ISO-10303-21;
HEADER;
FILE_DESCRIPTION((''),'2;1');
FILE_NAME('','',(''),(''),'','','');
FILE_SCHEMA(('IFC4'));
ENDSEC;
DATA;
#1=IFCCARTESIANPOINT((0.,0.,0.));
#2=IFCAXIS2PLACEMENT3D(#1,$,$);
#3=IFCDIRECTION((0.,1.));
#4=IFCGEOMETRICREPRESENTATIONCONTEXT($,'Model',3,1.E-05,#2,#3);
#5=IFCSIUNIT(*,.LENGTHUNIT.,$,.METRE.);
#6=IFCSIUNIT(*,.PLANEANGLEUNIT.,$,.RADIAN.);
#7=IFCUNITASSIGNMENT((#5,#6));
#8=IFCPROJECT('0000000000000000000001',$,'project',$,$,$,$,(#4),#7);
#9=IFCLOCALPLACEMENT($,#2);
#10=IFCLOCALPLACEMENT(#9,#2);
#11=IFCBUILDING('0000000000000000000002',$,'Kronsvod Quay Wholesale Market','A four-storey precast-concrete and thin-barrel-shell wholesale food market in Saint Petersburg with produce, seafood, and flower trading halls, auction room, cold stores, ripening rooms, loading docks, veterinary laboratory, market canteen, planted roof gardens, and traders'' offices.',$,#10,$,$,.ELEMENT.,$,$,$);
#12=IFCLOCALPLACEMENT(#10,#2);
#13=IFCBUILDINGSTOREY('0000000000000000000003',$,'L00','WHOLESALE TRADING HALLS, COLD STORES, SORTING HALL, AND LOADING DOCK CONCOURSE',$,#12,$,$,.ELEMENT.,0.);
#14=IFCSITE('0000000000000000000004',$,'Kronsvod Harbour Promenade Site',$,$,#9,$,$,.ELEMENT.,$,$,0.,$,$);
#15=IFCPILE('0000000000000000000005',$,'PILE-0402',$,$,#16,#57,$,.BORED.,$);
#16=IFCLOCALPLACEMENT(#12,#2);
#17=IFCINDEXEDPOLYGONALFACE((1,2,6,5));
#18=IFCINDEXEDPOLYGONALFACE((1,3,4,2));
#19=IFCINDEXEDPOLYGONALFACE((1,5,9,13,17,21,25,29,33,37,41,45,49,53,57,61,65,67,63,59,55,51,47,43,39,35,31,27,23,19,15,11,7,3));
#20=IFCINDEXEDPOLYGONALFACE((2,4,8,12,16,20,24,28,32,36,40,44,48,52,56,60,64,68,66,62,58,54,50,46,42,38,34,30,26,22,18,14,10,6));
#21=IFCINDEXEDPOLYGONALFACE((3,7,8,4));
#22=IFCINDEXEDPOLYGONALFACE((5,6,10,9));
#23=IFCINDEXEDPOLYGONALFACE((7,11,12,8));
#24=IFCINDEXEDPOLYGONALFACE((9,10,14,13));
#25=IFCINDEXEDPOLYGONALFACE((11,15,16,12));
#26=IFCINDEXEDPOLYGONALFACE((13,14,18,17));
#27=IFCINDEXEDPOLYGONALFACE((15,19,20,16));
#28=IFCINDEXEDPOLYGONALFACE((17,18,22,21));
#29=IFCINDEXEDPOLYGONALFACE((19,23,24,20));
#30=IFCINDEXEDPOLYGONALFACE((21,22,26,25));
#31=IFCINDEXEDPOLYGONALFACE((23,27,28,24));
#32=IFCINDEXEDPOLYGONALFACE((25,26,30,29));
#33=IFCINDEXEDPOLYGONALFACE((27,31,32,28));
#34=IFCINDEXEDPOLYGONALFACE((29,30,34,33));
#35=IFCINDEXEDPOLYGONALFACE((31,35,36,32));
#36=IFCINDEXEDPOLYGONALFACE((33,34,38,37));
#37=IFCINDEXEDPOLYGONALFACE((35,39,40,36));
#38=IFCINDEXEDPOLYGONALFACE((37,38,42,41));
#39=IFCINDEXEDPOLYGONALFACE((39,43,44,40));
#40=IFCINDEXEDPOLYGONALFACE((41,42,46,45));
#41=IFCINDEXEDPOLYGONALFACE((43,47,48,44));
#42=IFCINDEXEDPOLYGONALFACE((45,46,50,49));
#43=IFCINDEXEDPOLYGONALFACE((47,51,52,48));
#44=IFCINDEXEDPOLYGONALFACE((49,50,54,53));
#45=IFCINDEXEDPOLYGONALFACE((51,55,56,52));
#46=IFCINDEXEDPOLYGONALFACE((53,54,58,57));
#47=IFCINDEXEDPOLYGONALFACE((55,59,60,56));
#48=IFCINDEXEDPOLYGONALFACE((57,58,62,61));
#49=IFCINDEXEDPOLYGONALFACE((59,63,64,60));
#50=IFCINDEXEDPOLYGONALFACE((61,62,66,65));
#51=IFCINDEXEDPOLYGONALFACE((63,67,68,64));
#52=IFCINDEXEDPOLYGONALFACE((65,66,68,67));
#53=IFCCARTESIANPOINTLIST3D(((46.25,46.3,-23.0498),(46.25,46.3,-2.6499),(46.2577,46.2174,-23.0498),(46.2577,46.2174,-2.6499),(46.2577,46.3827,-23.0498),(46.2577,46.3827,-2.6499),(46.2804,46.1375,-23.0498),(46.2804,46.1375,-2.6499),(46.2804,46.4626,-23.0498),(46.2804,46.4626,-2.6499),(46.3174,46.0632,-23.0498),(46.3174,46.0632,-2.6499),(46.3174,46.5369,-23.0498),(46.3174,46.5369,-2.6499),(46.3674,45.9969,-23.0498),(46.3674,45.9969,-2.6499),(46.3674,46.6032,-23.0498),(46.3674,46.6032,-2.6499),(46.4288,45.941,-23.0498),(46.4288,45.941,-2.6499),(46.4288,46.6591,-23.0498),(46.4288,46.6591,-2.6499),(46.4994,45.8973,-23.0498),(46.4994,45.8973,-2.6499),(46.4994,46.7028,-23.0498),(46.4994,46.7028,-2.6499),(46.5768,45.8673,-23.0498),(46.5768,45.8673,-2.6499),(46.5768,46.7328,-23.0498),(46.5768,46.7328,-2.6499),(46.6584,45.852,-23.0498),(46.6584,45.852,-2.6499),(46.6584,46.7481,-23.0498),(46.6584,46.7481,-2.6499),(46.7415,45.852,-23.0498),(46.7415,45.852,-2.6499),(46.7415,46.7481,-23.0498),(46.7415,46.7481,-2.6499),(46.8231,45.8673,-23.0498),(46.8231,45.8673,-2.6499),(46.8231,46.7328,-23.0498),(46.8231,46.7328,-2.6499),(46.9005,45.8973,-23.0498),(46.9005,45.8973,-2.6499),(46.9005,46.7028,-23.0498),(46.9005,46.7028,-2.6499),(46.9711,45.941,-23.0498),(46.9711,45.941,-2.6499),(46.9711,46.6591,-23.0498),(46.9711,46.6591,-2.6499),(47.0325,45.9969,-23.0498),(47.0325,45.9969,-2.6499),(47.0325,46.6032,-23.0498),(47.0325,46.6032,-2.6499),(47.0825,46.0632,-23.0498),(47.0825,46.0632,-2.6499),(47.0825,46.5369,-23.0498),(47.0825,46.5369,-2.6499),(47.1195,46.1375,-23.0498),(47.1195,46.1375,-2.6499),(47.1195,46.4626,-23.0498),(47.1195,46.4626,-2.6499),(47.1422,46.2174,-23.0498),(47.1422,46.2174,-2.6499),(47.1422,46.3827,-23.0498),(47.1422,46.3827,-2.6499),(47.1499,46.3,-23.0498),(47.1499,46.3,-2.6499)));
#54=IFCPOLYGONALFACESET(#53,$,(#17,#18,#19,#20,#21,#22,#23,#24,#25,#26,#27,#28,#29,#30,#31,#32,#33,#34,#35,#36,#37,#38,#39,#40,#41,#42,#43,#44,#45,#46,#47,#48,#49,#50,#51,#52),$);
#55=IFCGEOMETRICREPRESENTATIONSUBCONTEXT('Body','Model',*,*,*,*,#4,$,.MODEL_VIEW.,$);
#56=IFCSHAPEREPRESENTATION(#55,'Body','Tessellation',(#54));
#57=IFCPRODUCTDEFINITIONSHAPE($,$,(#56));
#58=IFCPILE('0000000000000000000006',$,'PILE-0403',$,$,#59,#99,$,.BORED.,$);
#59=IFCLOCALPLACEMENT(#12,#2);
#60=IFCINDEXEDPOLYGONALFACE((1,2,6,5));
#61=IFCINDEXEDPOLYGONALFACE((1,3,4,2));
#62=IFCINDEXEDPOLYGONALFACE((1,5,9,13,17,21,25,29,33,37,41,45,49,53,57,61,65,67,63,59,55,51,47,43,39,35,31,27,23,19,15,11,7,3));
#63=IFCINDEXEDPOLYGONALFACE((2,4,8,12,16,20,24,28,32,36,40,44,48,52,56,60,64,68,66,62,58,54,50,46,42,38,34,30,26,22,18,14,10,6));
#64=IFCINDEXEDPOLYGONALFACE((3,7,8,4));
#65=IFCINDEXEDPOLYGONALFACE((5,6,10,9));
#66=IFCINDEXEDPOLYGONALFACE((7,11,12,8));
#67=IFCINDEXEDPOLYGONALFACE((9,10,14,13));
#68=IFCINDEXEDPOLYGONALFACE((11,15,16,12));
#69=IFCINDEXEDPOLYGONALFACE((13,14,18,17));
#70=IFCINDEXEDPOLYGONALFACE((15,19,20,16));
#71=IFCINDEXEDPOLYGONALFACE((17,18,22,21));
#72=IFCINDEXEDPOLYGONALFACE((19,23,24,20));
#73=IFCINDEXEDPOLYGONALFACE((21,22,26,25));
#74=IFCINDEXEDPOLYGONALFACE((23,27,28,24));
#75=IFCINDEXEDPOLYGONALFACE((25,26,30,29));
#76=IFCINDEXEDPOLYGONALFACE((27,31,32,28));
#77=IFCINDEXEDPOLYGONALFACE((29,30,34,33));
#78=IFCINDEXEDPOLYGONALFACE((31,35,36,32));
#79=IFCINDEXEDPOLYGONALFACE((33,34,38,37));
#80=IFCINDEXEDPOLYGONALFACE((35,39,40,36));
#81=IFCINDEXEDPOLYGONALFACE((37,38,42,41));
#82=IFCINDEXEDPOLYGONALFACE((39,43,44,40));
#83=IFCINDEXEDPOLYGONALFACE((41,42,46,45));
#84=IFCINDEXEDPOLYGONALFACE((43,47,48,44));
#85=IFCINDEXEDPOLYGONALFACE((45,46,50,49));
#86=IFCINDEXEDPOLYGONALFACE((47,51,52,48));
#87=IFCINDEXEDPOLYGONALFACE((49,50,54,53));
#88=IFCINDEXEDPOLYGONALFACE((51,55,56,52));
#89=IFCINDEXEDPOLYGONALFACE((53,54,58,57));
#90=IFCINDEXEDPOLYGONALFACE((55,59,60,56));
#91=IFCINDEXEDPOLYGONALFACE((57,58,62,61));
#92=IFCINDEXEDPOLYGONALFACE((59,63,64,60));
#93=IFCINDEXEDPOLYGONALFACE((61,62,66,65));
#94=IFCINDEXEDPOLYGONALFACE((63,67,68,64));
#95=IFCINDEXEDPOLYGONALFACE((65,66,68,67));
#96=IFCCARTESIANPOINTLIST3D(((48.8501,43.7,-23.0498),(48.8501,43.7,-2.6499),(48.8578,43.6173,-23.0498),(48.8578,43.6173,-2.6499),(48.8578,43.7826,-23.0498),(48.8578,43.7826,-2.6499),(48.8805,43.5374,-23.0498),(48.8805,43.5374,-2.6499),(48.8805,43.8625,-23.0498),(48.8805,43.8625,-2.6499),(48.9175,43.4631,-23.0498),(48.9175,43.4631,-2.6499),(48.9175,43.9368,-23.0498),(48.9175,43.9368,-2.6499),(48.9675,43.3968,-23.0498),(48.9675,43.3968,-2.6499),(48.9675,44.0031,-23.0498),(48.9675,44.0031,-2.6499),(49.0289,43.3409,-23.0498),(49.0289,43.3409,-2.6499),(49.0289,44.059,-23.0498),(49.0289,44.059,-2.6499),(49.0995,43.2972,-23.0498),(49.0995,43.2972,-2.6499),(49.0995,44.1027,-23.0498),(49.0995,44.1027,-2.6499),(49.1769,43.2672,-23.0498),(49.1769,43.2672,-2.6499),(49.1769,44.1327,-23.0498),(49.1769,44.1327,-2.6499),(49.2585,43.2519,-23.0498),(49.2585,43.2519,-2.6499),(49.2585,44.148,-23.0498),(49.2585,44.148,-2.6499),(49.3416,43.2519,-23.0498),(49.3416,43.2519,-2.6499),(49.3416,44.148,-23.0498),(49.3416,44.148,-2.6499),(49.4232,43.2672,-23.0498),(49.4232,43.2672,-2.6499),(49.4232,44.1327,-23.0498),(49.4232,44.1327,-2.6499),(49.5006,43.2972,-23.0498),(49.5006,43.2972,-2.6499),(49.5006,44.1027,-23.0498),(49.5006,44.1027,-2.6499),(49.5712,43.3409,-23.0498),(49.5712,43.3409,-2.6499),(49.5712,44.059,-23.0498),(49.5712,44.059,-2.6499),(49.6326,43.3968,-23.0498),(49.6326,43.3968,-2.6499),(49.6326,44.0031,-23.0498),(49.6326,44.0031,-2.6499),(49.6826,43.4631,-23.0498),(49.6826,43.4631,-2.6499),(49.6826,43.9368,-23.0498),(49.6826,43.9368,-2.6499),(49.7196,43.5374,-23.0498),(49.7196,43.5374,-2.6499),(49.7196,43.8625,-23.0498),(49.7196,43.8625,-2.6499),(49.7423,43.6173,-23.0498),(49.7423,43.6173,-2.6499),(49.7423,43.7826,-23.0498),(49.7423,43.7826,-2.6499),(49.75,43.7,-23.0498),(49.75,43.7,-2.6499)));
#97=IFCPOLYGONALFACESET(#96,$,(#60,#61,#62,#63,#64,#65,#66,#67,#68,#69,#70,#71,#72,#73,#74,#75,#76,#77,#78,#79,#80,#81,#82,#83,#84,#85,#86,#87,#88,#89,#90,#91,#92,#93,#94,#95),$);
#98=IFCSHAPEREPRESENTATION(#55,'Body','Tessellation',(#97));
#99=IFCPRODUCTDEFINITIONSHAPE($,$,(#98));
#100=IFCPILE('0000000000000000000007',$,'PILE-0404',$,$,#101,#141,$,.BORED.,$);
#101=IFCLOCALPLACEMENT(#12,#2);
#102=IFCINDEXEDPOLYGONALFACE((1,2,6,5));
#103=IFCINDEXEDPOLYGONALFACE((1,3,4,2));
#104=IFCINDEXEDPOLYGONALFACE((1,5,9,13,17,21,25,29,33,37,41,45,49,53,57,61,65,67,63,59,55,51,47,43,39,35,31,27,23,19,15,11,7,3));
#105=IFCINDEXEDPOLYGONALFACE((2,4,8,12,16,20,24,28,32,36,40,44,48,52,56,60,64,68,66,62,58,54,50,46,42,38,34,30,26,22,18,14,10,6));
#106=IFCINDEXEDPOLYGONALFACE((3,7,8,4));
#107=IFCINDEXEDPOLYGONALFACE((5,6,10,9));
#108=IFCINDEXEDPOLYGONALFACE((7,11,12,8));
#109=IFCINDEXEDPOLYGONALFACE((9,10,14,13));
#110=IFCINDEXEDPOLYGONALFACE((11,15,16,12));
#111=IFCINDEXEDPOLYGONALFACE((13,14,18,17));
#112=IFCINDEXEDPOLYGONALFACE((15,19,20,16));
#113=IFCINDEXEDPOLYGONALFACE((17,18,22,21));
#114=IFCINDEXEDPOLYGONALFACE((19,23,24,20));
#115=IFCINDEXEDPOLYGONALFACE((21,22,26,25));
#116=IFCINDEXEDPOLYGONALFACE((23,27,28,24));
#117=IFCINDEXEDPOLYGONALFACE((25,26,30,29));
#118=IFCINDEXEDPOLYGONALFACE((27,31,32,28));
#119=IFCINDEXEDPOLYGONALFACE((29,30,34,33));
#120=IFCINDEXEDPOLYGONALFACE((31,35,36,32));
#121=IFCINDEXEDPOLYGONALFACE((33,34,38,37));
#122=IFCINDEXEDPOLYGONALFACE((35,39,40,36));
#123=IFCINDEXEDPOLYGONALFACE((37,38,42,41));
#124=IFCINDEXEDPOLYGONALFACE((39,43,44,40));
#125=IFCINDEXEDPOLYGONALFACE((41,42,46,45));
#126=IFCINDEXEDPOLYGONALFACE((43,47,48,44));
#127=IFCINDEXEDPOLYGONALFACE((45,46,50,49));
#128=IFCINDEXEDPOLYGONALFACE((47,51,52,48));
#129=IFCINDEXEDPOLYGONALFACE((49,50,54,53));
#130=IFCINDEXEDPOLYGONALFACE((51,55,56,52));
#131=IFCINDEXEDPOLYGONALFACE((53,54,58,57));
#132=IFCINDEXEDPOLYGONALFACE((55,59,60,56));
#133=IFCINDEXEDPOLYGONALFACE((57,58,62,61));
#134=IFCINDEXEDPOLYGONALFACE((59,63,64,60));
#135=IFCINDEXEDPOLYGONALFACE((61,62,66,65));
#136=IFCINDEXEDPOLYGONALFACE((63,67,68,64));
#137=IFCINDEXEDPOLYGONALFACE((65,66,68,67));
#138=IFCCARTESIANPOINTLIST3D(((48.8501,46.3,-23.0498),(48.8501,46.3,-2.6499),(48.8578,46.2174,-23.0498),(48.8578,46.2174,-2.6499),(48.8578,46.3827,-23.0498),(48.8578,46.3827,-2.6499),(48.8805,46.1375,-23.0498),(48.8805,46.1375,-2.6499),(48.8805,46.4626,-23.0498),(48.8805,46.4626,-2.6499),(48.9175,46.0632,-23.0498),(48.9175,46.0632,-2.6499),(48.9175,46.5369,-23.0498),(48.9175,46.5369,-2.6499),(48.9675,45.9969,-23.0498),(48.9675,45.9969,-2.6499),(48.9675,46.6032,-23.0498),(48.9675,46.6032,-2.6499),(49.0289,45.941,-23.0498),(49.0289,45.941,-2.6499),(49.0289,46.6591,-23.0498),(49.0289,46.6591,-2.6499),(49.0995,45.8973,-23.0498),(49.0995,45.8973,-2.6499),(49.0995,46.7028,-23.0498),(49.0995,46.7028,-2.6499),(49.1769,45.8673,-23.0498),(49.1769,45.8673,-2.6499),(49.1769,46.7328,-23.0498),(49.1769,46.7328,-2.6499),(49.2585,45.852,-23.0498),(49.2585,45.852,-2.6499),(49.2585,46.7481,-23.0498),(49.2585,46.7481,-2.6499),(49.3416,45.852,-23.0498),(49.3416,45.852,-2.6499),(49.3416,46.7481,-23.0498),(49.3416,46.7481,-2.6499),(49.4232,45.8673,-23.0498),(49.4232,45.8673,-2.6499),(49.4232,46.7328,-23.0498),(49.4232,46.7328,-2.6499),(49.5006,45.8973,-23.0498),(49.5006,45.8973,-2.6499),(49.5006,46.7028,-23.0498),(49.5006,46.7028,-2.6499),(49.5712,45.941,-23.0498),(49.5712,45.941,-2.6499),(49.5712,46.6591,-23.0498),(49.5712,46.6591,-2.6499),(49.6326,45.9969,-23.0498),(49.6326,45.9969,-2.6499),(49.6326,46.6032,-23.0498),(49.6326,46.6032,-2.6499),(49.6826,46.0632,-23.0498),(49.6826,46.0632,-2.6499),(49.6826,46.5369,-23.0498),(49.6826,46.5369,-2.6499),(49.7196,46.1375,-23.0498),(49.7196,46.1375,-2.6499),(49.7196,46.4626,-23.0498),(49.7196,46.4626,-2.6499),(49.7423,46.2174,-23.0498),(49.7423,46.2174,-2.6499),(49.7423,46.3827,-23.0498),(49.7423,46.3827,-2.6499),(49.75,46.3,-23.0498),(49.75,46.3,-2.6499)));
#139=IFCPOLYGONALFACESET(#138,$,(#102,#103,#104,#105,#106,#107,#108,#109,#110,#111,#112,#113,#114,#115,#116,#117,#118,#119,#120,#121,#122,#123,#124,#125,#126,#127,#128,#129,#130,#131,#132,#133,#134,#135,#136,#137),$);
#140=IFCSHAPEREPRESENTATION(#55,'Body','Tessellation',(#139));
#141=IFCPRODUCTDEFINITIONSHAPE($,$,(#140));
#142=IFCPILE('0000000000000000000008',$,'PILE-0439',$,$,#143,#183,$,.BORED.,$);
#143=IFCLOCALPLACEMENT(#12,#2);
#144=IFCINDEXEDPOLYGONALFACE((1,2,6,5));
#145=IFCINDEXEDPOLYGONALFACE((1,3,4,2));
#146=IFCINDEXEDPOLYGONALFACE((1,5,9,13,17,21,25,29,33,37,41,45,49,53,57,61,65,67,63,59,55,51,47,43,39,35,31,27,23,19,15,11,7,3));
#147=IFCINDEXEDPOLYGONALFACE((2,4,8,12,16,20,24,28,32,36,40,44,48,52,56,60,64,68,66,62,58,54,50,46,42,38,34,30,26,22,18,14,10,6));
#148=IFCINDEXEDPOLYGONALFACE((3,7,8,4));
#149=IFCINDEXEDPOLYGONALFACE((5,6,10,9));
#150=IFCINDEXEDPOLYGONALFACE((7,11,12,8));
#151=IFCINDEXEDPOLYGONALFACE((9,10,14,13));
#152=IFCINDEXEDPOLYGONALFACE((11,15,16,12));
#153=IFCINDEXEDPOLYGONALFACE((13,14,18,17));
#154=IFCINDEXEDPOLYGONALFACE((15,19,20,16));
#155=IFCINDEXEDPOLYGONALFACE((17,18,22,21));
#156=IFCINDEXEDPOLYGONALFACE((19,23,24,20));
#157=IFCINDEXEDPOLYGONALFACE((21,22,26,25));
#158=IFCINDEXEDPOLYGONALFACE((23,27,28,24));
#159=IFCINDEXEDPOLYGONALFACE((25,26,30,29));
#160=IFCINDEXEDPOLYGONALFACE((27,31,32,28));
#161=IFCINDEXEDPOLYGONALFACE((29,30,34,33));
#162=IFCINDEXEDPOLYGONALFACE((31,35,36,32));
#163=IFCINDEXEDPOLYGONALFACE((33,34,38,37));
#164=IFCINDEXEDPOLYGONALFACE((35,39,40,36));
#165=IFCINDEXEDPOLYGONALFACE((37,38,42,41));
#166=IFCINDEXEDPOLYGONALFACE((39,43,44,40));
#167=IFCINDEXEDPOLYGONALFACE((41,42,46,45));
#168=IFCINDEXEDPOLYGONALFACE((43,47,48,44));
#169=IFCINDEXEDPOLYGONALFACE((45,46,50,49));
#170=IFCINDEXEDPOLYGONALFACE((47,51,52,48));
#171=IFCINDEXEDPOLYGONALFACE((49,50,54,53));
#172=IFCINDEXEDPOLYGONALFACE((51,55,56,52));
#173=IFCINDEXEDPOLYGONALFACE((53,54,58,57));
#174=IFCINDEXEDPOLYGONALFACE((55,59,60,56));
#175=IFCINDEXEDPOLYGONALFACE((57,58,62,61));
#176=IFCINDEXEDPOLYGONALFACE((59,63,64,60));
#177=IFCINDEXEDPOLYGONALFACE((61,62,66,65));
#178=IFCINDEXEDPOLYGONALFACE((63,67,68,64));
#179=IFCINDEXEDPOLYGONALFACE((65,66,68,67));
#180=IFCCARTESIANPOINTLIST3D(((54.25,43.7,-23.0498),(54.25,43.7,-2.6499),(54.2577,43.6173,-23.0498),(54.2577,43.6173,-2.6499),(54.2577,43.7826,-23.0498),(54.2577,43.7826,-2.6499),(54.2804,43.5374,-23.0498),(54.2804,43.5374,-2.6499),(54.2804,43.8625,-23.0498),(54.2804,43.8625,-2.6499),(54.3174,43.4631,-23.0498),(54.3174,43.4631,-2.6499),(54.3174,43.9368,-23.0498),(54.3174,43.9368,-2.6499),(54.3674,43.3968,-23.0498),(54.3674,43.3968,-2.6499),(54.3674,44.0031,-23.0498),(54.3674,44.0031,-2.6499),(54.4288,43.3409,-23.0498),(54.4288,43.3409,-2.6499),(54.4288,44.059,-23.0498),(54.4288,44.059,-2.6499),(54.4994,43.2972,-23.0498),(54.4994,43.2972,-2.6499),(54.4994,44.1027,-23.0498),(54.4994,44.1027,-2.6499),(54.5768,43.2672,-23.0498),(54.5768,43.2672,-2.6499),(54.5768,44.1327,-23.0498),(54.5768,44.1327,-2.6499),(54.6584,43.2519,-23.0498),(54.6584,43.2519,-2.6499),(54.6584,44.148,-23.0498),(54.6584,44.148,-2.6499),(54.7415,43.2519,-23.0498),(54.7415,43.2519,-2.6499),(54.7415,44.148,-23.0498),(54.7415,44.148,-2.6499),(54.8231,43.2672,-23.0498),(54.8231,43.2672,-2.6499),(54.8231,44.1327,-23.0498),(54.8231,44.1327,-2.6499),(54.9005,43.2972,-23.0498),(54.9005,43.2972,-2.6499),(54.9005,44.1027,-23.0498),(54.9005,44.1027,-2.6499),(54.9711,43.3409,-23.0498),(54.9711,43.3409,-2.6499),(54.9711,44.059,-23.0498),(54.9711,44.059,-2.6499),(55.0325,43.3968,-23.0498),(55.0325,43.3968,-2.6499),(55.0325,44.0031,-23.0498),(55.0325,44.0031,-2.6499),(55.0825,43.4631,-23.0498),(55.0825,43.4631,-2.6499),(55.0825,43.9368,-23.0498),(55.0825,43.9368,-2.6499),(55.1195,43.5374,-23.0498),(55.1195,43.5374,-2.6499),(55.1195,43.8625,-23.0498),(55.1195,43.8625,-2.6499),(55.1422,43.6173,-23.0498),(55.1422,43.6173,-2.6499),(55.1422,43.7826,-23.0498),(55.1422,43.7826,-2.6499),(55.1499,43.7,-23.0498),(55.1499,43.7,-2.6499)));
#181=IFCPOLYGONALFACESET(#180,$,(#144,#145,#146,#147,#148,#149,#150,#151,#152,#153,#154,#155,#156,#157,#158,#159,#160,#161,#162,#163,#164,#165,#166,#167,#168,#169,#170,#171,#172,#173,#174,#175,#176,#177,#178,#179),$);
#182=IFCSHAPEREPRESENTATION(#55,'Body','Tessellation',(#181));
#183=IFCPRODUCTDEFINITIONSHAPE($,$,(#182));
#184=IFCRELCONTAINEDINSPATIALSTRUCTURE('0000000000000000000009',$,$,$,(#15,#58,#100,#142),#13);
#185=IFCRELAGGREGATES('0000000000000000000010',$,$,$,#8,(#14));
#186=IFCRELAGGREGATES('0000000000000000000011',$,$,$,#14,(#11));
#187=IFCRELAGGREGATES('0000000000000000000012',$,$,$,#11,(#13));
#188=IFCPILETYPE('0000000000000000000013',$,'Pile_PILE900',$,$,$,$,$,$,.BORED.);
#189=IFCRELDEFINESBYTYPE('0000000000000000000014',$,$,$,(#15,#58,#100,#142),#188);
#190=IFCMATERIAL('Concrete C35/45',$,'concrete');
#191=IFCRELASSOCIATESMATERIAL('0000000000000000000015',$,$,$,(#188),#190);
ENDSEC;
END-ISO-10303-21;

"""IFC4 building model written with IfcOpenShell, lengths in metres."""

from ifc_helpers import new_model, si_unit, direction, frame, origin, origin_2d, place, context, subcontext, project, spatial, circle, extrude, material, material_profile, profile_set, type_object, element, save


model = new_model("IFC4")

# Units and contexts
model_context = context("Model", 3, precision=1e-05, world=origin(), true_north=direction((0.0, 1.0)))
body_context = subcontext(model_context, "Body", "Model", "MODEL_VIEW")
ifc_project = project(units=[si_unit("LENGTHUNIT", "METRE"), si_unit("PLANEANGLEUNIT", "RADIAN")], contexts=[model_context])

# Site, building, storey
site_placement = place(None, origin())
site = spatial("IfcSite", under=ifc_project, at=site_placement, Name="Kronsvod Harbour Promenade Site", CompositionType="ELEMENT", RefElevation=0.0)
building_placement = place(site_placement, origin())
building = spatial("IfcBuilding", under=site, at=building_placement, Name="Kronsvod Quay Wholesale Market", Description="A four-storey precast-concrete and thin-barrel-shell wholesale food market in Saint Petersburg with produce, seafood, and flower trading halls, auction room, cold stores, ripening rooms, loading docks, veterinary laboratory, market canteen, planted roof gardens, and traders' offices.", CompositionType="ELEMENT")
storey_placement = place(building_placement, origin())
storey = spatial("IfcBuildingStorey", under=building, at=storey_placement, Name="L00", Description="WHOLESALE TRADING HALLS, COLD STORES, SORTING HALL, AND LOADING DOCK CONCOURSE", CompositionType="ELEMENT", Elevation=0.0)

# Piles
ifc_material_1 = material(Name="Concrete C35/45", Category="concrete")
ifc_material_profile_1 = material_profile(ifc_material_1, circle(Radius=0.45, at=origin_2d()), Name="PILE900")
ifc_profile_set_1 = profile_set([ifc_material_profile_1], Name="Concrete C35/45")
pile_type = type_object("IfcPileType", Name="Pile_PILE900", PredefinedType="BORED", material=ifc_profile_set_1)
for number, where, z_axis, x_axis, name in (
    (1, (46.7, 46.3, -2.6499), (0.0, 0.0, -1.0), (1.0, 0.0, 0.0), "PILE-0402"),
    (2, (49.3, 43.7, -2.6499), (0.0, 0.0, -1.0), (1.0, 0.0, 0.0), "PILE-0403"),
    (3, (49.3, 46.3, -2.6499), (0.0, 0.0, -1.0), (1.0, 0.0, 0.0), "PILE-0404"),
    (4, (54.7, 43.7, -2.6499), (0.0, 0.0, -1.0), (1.0, 0.0, 0.0), "PILE-0439"),
):
    element("IfcPile", number, at=place(storey_placement, frame(where, z_axis=z_axis, x_axis=x_axis)), inside=storey, type_object=pile_type, Name=name, PredefinedType="BORED", context=body_context, shape_type="SweptSolid", body=[
        extrude(circle(Radius=0.45, at=origin_2d()), origin(), (0.0, 0.0, 1.0), 20.3999),
    ])

save(model, "model.ifc")
